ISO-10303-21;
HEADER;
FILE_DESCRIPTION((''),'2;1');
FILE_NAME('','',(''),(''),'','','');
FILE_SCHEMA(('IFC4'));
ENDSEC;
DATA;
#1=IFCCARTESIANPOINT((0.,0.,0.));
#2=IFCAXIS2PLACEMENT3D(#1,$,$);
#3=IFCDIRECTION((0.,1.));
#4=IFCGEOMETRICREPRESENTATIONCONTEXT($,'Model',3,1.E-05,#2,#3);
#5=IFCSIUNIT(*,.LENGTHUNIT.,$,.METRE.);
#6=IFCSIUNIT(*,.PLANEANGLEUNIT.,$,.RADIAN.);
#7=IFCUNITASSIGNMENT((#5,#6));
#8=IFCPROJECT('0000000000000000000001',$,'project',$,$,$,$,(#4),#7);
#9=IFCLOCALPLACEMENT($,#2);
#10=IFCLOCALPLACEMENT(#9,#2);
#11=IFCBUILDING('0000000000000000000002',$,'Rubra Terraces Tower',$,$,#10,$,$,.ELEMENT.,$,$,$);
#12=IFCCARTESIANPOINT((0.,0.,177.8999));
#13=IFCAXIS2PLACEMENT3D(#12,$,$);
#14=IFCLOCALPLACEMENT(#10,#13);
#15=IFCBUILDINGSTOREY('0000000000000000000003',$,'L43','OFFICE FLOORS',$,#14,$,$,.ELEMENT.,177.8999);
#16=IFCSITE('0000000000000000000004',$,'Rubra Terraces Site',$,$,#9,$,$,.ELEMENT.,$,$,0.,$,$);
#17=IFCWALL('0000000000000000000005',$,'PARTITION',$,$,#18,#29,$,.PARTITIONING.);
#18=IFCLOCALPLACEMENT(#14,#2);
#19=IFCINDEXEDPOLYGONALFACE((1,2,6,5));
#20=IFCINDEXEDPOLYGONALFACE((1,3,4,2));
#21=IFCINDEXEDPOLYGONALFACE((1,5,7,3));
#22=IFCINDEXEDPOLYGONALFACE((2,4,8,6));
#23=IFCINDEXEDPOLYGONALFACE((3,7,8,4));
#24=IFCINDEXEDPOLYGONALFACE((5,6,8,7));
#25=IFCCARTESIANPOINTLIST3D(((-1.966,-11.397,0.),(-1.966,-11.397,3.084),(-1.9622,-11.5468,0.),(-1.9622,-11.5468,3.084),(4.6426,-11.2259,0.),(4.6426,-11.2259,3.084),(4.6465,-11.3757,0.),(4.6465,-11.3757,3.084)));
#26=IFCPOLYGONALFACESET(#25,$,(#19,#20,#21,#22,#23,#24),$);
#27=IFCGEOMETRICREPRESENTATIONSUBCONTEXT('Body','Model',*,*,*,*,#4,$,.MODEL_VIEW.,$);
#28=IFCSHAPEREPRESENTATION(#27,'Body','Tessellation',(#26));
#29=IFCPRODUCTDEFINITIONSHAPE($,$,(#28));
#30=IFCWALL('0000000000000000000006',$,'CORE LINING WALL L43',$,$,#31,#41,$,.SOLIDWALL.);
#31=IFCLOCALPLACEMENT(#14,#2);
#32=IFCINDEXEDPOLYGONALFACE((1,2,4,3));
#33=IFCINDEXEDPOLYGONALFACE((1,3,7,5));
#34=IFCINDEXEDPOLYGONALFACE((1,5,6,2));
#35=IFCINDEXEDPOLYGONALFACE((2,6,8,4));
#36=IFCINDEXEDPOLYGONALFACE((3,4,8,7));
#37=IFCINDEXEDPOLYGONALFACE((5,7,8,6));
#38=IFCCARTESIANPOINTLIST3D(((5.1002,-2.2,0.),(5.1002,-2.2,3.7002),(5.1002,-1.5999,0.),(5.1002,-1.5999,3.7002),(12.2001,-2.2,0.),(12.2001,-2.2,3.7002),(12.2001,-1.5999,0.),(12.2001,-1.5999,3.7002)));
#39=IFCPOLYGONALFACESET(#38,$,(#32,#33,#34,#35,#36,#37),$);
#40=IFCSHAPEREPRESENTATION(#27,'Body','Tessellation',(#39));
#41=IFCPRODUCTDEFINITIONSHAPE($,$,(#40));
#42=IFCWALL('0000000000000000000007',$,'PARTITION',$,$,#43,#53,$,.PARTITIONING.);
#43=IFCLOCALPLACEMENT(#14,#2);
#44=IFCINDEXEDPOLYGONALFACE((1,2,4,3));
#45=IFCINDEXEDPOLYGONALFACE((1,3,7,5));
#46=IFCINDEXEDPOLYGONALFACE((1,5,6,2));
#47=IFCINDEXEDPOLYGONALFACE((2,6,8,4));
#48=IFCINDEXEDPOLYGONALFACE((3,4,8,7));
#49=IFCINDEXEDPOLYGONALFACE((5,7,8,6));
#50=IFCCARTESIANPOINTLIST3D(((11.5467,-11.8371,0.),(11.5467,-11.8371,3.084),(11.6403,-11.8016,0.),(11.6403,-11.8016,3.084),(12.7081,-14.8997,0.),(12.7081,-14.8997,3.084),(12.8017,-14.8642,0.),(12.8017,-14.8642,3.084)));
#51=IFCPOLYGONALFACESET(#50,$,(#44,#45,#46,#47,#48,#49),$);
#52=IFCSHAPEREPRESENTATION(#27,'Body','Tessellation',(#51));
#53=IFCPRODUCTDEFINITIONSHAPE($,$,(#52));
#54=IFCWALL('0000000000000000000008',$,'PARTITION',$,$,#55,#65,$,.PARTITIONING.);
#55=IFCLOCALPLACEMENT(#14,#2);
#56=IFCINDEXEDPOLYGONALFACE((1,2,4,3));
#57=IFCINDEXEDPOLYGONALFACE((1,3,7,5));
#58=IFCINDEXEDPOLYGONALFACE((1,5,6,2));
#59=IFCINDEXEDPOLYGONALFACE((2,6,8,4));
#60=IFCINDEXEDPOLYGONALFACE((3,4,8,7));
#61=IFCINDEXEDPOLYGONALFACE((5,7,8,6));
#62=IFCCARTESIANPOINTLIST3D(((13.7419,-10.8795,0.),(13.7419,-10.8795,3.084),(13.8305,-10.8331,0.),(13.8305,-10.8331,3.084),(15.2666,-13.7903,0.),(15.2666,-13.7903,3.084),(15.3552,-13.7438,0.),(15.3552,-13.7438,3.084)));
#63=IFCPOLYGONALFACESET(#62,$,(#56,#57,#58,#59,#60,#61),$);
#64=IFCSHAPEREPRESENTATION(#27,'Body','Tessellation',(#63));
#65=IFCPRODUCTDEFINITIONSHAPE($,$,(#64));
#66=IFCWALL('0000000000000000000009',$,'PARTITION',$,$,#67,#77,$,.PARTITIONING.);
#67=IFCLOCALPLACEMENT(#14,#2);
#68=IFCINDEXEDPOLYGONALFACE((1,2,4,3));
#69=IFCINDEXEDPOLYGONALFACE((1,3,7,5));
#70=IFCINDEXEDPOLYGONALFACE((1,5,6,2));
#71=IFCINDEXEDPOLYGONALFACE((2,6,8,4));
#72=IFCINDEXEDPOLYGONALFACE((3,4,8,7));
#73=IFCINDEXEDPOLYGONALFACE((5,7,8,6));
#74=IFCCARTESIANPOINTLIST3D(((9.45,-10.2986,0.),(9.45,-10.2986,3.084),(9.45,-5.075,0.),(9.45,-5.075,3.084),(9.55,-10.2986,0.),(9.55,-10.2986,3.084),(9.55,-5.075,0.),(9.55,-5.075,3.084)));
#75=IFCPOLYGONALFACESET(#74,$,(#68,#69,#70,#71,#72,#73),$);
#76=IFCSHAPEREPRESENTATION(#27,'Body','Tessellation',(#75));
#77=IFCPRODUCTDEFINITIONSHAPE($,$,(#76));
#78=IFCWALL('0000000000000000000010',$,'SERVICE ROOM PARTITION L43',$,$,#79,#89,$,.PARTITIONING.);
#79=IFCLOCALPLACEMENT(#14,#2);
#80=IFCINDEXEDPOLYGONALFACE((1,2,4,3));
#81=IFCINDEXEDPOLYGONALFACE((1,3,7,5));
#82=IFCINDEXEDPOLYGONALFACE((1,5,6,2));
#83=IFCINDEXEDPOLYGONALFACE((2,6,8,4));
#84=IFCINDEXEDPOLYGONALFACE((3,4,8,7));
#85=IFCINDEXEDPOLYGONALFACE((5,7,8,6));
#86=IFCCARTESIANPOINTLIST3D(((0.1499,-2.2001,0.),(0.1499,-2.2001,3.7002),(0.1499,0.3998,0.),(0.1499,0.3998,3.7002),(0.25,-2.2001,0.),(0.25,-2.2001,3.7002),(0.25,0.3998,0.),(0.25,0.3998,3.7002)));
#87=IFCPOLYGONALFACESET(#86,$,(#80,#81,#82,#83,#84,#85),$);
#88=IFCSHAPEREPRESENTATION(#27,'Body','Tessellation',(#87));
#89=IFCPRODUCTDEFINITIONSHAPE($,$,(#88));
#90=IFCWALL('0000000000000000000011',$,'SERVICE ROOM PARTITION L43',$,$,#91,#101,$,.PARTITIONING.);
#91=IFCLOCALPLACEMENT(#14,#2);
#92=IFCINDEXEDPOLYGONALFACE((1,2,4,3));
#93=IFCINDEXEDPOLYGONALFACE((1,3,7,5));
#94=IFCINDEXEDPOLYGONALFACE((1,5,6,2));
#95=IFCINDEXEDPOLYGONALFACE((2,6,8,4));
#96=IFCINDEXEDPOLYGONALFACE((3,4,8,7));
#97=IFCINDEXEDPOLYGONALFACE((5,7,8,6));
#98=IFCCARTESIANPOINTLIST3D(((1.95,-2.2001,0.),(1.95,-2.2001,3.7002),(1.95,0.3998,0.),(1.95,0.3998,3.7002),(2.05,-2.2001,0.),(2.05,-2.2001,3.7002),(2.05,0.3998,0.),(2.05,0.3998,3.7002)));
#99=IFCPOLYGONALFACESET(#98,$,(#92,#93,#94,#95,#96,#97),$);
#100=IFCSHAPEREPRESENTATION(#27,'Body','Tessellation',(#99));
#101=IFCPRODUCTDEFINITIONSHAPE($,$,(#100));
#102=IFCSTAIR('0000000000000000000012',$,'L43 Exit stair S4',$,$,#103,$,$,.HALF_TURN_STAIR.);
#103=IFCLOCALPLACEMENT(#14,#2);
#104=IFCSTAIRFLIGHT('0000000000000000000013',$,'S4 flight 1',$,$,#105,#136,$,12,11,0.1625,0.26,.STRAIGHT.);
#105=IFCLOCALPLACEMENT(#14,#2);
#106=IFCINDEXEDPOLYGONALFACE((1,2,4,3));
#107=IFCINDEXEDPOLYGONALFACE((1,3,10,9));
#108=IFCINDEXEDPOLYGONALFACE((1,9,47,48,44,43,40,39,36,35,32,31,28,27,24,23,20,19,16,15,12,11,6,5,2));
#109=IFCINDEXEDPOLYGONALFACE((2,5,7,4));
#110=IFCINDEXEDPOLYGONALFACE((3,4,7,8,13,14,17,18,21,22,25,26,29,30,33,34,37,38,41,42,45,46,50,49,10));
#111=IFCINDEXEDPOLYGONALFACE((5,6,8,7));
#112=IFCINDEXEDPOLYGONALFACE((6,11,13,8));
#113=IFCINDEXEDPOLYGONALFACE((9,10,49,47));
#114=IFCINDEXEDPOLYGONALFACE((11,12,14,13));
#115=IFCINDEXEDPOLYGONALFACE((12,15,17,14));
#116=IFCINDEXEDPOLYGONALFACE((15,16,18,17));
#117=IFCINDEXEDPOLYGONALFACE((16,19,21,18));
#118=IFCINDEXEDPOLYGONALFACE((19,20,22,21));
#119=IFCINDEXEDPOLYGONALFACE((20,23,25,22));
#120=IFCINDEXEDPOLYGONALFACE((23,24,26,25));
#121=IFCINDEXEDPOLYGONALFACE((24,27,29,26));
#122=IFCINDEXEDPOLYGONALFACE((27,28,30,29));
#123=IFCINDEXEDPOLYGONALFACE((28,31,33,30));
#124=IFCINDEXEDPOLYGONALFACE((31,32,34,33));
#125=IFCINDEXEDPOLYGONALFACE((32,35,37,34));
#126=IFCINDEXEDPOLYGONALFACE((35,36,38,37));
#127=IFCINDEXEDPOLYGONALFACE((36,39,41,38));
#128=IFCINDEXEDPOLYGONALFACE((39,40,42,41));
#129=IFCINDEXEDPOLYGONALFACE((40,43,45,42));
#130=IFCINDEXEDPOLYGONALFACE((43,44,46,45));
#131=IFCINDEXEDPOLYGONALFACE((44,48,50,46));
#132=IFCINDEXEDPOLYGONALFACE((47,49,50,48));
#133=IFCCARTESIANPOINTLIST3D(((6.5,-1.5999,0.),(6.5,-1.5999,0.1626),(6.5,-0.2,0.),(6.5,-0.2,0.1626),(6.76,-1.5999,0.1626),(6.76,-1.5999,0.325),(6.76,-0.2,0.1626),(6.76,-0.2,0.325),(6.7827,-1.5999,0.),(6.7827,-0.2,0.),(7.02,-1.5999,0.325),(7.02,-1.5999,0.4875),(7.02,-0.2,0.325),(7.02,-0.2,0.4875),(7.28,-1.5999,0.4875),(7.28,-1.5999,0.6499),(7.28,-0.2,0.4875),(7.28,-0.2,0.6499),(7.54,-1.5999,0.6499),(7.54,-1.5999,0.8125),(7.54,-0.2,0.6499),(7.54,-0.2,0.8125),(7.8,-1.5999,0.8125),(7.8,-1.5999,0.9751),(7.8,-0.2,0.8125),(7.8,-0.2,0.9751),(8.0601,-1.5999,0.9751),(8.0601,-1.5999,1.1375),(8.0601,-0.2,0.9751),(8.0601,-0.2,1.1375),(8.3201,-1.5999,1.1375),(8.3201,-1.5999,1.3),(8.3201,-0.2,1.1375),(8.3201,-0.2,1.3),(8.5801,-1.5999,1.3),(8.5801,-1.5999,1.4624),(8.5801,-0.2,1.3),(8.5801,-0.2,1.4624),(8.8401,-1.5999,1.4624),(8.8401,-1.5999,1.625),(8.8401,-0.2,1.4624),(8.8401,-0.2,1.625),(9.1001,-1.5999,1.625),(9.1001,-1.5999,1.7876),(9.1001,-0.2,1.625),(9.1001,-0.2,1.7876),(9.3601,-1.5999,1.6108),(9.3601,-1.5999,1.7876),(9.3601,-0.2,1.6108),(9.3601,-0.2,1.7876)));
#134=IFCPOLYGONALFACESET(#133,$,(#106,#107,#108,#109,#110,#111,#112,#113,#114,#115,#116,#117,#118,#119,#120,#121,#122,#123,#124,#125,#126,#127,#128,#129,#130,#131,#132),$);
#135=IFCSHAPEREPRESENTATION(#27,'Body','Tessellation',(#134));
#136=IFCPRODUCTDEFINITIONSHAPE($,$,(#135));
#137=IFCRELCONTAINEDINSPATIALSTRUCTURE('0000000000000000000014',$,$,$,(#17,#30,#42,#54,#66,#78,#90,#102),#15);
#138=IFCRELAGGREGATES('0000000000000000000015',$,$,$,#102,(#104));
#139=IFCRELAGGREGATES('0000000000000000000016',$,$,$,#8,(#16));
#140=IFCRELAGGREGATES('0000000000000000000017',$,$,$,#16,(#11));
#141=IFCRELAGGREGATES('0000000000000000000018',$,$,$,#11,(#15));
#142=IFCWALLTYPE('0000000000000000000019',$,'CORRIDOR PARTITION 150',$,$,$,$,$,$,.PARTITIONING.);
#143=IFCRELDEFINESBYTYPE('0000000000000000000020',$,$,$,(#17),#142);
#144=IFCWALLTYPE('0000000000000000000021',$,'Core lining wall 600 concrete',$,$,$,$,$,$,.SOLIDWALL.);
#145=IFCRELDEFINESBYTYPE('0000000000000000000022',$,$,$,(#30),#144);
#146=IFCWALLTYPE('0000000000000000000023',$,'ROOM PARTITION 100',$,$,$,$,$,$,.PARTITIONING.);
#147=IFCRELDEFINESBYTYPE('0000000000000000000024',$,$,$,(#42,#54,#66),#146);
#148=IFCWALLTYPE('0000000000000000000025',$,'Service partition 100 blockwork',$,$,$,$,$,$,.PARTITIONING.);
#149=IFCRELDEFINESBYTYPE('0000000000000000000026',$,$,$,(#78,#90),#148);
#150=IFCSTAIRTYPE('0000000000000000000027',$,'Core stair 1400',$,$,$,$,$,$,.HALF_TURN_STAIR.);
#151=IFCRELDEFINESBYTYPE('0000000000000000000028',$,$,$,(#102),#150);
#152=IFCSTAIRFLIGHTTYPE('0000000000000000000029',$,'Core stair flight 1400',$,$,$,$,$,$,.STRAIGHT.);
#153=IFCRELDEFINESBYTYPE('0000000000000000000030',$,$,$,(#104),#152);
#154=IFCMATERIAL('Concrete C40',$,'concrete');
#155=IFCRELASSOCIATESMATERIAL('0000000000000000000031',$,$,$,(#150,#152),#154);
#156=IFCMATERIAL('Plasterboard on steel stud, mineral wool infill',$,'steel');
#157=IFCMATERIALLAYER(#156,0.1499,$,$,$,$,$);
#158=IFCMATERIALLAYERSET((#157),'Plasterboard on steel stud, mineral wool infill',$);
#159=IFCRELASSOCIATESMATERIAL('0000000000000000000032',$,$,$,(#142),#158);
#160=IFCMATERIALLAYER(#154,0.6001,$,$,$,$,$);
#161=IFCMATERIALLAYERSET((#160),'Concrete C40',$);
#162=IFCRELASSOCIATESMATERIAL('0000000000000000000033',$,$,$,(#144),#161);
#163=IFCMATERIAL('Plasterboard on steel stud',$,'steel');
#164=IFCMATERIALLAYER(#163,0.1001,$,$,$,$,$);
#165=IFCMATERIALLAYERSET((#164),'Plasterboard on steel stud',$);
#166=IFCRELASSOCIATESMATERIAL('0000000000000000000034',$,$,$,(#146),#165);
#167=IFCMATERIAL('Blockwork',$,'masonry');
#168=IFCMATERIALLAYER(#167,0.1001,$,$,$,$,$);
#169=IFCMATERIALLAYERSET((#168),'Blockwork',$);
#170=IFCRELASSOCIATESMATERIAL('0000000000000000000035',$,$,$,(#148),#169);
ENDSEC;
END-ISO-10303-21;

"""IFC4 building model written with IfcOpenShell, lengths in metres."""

from ifc_helpers import new_model, si_unit, direction, frame, frame_2d, origin, place, context, subcontext, project, spatial, polyline, rectangle, outline, extrude, material, layer, layer_set, type_object, element, aggregate, save


model = new_model("IFC4")

# Units and contexts
model_context = context("Model", 3, precision=1e-05, world=origin(), true_north=direction((0.0, 1.0)))
body_context = subcontext(model_context, "Body", "Model", "MODEL_VIEW")
ifc_project = project(units=[si_unit("LENGTHUNIT", "METRE"), si_unit("PLANEANGLEUNIT", "RADIAN")], contexts=[model_context])

# Site, building, storey
site_placement = place(None, origin())
site = spatial("IfcSite", under=ifc_project, at=site_placement, Name="Rubra Terraces Site", CompositionType="ELEMENT", RefElevation=0.0)
building_placement = place(site_placement, origin())
building = spatial("IfcBuilding", under=site, at=building_placement, Name="Rubra Terraces Tower", CompositionType="ELEMENT")
storey_placement = place(building_placement, frame((0.0, 0.0, 177.8999)))
storey = spatial("IfcBuildingStorey", under=building, at=storey_placement, Name="L43", Description="OFFICE FLOORS", CompositionType="ELEMENT", Elevation=177.8999)

# Shared definitions
ifc_material_1 = material(Name="Concrete C40", Category="concrete")
stair_type = type_object("IfcStairType", Name="Core stair 1400", PredefinedType="HALF_TURN_STAIR", material=ifc_material_1)

# Shared definitions
ifc_material_2 = material(Name="Plasterboard on steel stud, mineral wool infill", Category="steel")
ifc_layer_1 = layer(ifc_material_2, 0.1499)
ifc_layer_set_1 = layer_set([ifc_layer_1], Name="Plasterboard on steel stud, mineral wool infill")
wall_type_1 = type_object("IfcWallType", Name="CORRIDOR PARTITION 150", PredefinedType="PARTITIONING", material=ifc_layer_set_1)

# Walls
wall_1_placement = place(storey_placement, frame((4.6445, -11.3008, 0.0), z_axis=(0.0, 0.0, 1.0), x_axis=(-0.999665, -0.025888, 0.0)))
element("IfcWall", 1, at=wall_1_placement, inside=storey, type_object=wall_type_1, Name="PARTITION", PredefinedType="PARTITIONING", context=body_context, shape_type="SweptSolid", body=[
    extrude(rectangle(XDim=6.6108, YDim=0.1499, at=frame_2d((3.3054, 0.0))), origin(), (0.0, 0.0, 1.0), 3.084),
])
ifc_layer_2 = layer(ifc_material_1, 0.6001)
ifc_layer_set_2 = layer_set([ifc_layer_2], Name="Concrete C40")
wall_type_2 = type_object("IfcWallType", Name="Core lining wall 600 concrete", PredefinedType="SOLIDWALL", material=ifc_layer_set_2)
wall_2_placement = place(storey_placement, frame((12.2, -1.8999, 0.0), z_axis=(0.0, 0.0, 1.0), x_axis=(-1.0, 0.0, 0.0)))
element("IfcWall", 2, at=wall_2_placement, inside=storey, type_object=wall_type_2, Name="CORE LINING WALL L43", PredefinedType="SOLIDWALL", context=body_context, shape_type="SweptSolid", body=[
    extrude(rectangle(XDim=7.0999, YDim=0.6001, at=frame_2d((3.5498, 0.0))), origin(), (0.0, 0.0, 1.0), 3.7002),
])
ifc_material_3 = material(Name="Plasterboard on steel stud", Category="steel")
ifc_layer_3 = layer(ifc_material_3, 0.1001)
ifc_layer_set_3 = layer_set([ifc_layer_3], Name="Plasterboard on steel stud")
wall_type_3 = type_object("IfcWallType", Name="ROOM PARTITION 100", PredefinedType="PARTITIONING", material=ifc_layer_set_3)
wall_3_placement = place(storey_placement, frame((11.5935, -11.8193, 0.0), z_axis=(0.0, 0.0, 1.0), x_axis=(0.354585, -0.935024, 0.0)))
element("IfcWall", 3, at=wall_3_placement, inside=storey, type_object=wall_type_3, Name="PARTITION", PredefinedType="PARTITIONING", context=body_context, shape_type="SweptSolid", body=[
    extrude(rectangle(XDim=3.2754, YDim=0.1001, at=frame_2d((1.6377, 0.0))), origin(), (0.0, 0.0, 1.0), 3.084),
])
wall_4_placement = place(storey_placement, frame((13.7861, -10.8562, 0.0), z_axis=(0.0, 0.0, 1.0), x_axis=(0.464015, -0.885827, 0.0)))
element("IfcWall", 4, at=wall_4_placement, inside=storey, type_object=wall_type_3, Name="PARTITION", PredefinedType="PARTITIONING", context=body_context, shape_type="SweptSolid", body=[
    extrude(rectangle(XDim=3.2859, YDim=0.1001, at=frame_2d((1.6431, 0.0))), origin(), (0.0, 0.0, 1.0), 3.084),
])
wall_5_placement = place(storey_placement, frame((9.5, -10.2986, 0.0), z_axis=(0.0, 0.0, 1.0), x_axis=(0.0, 1.0, 0.0)))
element("IfcWall", 5, at=wall_5_placement, inside=storey, type_object=wall_type_3, Name="PARTITION", PredefinedType="PARTITIONING", context=body_context, shape_type="SweptSolid", body=[
    extrude(rectangle(XDim=5.2236, YDim=0.1001, at=frame_2d((2.6118, 0.0))), origin(), (0.0, 0.0, 1.0), 3.084),
])
ifc_material_4 = material(Name="Blockwork", Category="masonry")
ifc_layer_4 = layer(ifc_material_4, 0.1001)
ifc_layer_set_4 = layer_set([ifc_layer_4], Name="Blockwork")
wall_type_4 = type_object("IfcWallType", Name="Service partition 100 blockwork", PredefinedType="PARTITIONING", material=ifc_layer_set_4)
for number, where, z_axis, x_axis, name in (
    (6, (0.2, -2.2, 0.0), (0.0, 0.0, 1.0), (0.0, 1.0, 0.0), "SERVICE ROOM PARTITION L43"),
    (7, (2.0, -2.2, 0.0), (0.0, 0.0, 1.0), (0.0, 1.0, 0.0), "SERVICE ROOM PARTITION L43"),
):
    element("IfcWall", number, at=place(storey_placement, frame(where, z_axis=z_axis, x_axis=x_axis)), inside=storey, type_object=wall_type_4, Name=name, PredefinedType="PARTITIONING", context=body_context, shape_type="SweptSolid", body=[
        extrude(rectangle(XDim=2.5999, YDim=0.1001, at=frame_2d((1.2998, 0.0))), origin(), (0.0, 0.0, 1.0), 3.7002),
    ])

# Stair, stair flight
stair_1_placement = place(storey_placement, origin())
stair_1 = element("IfcStair", 8, at=stair_1_placement, inside=storey, type_object=stair_type, Name="L43 Exit stair S4", PredefinedType="HALF_TURN_STAIR")
stair_flight_type = type_object("IfcStairFlightType", Name="Core stair flight 1400", PredefinedType="STRAIGHT", material=ifc_material_1)
stair_flight_placement = place(storey_placement, frame((6.5, -0.8999, 0.0), z_axis=(0.0, 0.0, 1.0), x_axis=(1.0, 0.0, 0.0)))
stair_flight = element("IfcStairFlight", 9, at=stair_flight_placement, type_object=stair_flight_type, Name="S4 flight 1", NumberOfRisers=12, NumberOfTreads=11, PredefinedType="STRAIGHT", RiserHeight=0.1625, TreadLength=0.26, context=body_context, shape_type="SweptSolid", body=[
    extrude(outline(polyline([(0.0, 0.0), (0.0, 0.1626), (0.26, 0.1626), (0.26, 0.325), (0.52, 0.325), (0.52, 0.4875), (0.78, 0.4875), (0.78, 0.6499), (1.04, 0.6499), (1.04, 0.8125), (1.3, 0.8125), (1.3, 0.9751), (1.5601, 0.9751), (1.5601, 1.1375), (1.8201, 1.1375), (1.8201, 1.3), (2.0801, 1.3), (2.0801, 1.4624), (2.3401, 1.4624), (2.3401, 1.625), (2.6001, 1.625), (2.6001, 1.7876), (2.8601, 1.7876), (2.8601, 1.95), (2.8601, 1.6108), (0.2827, 0.0), (0.0, 0.0)])), frame((0.0, 0.7, 0.0), z_axis=(0.0, -1.0, 0.0), x_axis=(1.0, 0.0, 0.0)), (0.0, 0.0, 1.0), 1.3999),
])
aggregate(stair_1, [stair_flight])

save(model, "model.ifc")
